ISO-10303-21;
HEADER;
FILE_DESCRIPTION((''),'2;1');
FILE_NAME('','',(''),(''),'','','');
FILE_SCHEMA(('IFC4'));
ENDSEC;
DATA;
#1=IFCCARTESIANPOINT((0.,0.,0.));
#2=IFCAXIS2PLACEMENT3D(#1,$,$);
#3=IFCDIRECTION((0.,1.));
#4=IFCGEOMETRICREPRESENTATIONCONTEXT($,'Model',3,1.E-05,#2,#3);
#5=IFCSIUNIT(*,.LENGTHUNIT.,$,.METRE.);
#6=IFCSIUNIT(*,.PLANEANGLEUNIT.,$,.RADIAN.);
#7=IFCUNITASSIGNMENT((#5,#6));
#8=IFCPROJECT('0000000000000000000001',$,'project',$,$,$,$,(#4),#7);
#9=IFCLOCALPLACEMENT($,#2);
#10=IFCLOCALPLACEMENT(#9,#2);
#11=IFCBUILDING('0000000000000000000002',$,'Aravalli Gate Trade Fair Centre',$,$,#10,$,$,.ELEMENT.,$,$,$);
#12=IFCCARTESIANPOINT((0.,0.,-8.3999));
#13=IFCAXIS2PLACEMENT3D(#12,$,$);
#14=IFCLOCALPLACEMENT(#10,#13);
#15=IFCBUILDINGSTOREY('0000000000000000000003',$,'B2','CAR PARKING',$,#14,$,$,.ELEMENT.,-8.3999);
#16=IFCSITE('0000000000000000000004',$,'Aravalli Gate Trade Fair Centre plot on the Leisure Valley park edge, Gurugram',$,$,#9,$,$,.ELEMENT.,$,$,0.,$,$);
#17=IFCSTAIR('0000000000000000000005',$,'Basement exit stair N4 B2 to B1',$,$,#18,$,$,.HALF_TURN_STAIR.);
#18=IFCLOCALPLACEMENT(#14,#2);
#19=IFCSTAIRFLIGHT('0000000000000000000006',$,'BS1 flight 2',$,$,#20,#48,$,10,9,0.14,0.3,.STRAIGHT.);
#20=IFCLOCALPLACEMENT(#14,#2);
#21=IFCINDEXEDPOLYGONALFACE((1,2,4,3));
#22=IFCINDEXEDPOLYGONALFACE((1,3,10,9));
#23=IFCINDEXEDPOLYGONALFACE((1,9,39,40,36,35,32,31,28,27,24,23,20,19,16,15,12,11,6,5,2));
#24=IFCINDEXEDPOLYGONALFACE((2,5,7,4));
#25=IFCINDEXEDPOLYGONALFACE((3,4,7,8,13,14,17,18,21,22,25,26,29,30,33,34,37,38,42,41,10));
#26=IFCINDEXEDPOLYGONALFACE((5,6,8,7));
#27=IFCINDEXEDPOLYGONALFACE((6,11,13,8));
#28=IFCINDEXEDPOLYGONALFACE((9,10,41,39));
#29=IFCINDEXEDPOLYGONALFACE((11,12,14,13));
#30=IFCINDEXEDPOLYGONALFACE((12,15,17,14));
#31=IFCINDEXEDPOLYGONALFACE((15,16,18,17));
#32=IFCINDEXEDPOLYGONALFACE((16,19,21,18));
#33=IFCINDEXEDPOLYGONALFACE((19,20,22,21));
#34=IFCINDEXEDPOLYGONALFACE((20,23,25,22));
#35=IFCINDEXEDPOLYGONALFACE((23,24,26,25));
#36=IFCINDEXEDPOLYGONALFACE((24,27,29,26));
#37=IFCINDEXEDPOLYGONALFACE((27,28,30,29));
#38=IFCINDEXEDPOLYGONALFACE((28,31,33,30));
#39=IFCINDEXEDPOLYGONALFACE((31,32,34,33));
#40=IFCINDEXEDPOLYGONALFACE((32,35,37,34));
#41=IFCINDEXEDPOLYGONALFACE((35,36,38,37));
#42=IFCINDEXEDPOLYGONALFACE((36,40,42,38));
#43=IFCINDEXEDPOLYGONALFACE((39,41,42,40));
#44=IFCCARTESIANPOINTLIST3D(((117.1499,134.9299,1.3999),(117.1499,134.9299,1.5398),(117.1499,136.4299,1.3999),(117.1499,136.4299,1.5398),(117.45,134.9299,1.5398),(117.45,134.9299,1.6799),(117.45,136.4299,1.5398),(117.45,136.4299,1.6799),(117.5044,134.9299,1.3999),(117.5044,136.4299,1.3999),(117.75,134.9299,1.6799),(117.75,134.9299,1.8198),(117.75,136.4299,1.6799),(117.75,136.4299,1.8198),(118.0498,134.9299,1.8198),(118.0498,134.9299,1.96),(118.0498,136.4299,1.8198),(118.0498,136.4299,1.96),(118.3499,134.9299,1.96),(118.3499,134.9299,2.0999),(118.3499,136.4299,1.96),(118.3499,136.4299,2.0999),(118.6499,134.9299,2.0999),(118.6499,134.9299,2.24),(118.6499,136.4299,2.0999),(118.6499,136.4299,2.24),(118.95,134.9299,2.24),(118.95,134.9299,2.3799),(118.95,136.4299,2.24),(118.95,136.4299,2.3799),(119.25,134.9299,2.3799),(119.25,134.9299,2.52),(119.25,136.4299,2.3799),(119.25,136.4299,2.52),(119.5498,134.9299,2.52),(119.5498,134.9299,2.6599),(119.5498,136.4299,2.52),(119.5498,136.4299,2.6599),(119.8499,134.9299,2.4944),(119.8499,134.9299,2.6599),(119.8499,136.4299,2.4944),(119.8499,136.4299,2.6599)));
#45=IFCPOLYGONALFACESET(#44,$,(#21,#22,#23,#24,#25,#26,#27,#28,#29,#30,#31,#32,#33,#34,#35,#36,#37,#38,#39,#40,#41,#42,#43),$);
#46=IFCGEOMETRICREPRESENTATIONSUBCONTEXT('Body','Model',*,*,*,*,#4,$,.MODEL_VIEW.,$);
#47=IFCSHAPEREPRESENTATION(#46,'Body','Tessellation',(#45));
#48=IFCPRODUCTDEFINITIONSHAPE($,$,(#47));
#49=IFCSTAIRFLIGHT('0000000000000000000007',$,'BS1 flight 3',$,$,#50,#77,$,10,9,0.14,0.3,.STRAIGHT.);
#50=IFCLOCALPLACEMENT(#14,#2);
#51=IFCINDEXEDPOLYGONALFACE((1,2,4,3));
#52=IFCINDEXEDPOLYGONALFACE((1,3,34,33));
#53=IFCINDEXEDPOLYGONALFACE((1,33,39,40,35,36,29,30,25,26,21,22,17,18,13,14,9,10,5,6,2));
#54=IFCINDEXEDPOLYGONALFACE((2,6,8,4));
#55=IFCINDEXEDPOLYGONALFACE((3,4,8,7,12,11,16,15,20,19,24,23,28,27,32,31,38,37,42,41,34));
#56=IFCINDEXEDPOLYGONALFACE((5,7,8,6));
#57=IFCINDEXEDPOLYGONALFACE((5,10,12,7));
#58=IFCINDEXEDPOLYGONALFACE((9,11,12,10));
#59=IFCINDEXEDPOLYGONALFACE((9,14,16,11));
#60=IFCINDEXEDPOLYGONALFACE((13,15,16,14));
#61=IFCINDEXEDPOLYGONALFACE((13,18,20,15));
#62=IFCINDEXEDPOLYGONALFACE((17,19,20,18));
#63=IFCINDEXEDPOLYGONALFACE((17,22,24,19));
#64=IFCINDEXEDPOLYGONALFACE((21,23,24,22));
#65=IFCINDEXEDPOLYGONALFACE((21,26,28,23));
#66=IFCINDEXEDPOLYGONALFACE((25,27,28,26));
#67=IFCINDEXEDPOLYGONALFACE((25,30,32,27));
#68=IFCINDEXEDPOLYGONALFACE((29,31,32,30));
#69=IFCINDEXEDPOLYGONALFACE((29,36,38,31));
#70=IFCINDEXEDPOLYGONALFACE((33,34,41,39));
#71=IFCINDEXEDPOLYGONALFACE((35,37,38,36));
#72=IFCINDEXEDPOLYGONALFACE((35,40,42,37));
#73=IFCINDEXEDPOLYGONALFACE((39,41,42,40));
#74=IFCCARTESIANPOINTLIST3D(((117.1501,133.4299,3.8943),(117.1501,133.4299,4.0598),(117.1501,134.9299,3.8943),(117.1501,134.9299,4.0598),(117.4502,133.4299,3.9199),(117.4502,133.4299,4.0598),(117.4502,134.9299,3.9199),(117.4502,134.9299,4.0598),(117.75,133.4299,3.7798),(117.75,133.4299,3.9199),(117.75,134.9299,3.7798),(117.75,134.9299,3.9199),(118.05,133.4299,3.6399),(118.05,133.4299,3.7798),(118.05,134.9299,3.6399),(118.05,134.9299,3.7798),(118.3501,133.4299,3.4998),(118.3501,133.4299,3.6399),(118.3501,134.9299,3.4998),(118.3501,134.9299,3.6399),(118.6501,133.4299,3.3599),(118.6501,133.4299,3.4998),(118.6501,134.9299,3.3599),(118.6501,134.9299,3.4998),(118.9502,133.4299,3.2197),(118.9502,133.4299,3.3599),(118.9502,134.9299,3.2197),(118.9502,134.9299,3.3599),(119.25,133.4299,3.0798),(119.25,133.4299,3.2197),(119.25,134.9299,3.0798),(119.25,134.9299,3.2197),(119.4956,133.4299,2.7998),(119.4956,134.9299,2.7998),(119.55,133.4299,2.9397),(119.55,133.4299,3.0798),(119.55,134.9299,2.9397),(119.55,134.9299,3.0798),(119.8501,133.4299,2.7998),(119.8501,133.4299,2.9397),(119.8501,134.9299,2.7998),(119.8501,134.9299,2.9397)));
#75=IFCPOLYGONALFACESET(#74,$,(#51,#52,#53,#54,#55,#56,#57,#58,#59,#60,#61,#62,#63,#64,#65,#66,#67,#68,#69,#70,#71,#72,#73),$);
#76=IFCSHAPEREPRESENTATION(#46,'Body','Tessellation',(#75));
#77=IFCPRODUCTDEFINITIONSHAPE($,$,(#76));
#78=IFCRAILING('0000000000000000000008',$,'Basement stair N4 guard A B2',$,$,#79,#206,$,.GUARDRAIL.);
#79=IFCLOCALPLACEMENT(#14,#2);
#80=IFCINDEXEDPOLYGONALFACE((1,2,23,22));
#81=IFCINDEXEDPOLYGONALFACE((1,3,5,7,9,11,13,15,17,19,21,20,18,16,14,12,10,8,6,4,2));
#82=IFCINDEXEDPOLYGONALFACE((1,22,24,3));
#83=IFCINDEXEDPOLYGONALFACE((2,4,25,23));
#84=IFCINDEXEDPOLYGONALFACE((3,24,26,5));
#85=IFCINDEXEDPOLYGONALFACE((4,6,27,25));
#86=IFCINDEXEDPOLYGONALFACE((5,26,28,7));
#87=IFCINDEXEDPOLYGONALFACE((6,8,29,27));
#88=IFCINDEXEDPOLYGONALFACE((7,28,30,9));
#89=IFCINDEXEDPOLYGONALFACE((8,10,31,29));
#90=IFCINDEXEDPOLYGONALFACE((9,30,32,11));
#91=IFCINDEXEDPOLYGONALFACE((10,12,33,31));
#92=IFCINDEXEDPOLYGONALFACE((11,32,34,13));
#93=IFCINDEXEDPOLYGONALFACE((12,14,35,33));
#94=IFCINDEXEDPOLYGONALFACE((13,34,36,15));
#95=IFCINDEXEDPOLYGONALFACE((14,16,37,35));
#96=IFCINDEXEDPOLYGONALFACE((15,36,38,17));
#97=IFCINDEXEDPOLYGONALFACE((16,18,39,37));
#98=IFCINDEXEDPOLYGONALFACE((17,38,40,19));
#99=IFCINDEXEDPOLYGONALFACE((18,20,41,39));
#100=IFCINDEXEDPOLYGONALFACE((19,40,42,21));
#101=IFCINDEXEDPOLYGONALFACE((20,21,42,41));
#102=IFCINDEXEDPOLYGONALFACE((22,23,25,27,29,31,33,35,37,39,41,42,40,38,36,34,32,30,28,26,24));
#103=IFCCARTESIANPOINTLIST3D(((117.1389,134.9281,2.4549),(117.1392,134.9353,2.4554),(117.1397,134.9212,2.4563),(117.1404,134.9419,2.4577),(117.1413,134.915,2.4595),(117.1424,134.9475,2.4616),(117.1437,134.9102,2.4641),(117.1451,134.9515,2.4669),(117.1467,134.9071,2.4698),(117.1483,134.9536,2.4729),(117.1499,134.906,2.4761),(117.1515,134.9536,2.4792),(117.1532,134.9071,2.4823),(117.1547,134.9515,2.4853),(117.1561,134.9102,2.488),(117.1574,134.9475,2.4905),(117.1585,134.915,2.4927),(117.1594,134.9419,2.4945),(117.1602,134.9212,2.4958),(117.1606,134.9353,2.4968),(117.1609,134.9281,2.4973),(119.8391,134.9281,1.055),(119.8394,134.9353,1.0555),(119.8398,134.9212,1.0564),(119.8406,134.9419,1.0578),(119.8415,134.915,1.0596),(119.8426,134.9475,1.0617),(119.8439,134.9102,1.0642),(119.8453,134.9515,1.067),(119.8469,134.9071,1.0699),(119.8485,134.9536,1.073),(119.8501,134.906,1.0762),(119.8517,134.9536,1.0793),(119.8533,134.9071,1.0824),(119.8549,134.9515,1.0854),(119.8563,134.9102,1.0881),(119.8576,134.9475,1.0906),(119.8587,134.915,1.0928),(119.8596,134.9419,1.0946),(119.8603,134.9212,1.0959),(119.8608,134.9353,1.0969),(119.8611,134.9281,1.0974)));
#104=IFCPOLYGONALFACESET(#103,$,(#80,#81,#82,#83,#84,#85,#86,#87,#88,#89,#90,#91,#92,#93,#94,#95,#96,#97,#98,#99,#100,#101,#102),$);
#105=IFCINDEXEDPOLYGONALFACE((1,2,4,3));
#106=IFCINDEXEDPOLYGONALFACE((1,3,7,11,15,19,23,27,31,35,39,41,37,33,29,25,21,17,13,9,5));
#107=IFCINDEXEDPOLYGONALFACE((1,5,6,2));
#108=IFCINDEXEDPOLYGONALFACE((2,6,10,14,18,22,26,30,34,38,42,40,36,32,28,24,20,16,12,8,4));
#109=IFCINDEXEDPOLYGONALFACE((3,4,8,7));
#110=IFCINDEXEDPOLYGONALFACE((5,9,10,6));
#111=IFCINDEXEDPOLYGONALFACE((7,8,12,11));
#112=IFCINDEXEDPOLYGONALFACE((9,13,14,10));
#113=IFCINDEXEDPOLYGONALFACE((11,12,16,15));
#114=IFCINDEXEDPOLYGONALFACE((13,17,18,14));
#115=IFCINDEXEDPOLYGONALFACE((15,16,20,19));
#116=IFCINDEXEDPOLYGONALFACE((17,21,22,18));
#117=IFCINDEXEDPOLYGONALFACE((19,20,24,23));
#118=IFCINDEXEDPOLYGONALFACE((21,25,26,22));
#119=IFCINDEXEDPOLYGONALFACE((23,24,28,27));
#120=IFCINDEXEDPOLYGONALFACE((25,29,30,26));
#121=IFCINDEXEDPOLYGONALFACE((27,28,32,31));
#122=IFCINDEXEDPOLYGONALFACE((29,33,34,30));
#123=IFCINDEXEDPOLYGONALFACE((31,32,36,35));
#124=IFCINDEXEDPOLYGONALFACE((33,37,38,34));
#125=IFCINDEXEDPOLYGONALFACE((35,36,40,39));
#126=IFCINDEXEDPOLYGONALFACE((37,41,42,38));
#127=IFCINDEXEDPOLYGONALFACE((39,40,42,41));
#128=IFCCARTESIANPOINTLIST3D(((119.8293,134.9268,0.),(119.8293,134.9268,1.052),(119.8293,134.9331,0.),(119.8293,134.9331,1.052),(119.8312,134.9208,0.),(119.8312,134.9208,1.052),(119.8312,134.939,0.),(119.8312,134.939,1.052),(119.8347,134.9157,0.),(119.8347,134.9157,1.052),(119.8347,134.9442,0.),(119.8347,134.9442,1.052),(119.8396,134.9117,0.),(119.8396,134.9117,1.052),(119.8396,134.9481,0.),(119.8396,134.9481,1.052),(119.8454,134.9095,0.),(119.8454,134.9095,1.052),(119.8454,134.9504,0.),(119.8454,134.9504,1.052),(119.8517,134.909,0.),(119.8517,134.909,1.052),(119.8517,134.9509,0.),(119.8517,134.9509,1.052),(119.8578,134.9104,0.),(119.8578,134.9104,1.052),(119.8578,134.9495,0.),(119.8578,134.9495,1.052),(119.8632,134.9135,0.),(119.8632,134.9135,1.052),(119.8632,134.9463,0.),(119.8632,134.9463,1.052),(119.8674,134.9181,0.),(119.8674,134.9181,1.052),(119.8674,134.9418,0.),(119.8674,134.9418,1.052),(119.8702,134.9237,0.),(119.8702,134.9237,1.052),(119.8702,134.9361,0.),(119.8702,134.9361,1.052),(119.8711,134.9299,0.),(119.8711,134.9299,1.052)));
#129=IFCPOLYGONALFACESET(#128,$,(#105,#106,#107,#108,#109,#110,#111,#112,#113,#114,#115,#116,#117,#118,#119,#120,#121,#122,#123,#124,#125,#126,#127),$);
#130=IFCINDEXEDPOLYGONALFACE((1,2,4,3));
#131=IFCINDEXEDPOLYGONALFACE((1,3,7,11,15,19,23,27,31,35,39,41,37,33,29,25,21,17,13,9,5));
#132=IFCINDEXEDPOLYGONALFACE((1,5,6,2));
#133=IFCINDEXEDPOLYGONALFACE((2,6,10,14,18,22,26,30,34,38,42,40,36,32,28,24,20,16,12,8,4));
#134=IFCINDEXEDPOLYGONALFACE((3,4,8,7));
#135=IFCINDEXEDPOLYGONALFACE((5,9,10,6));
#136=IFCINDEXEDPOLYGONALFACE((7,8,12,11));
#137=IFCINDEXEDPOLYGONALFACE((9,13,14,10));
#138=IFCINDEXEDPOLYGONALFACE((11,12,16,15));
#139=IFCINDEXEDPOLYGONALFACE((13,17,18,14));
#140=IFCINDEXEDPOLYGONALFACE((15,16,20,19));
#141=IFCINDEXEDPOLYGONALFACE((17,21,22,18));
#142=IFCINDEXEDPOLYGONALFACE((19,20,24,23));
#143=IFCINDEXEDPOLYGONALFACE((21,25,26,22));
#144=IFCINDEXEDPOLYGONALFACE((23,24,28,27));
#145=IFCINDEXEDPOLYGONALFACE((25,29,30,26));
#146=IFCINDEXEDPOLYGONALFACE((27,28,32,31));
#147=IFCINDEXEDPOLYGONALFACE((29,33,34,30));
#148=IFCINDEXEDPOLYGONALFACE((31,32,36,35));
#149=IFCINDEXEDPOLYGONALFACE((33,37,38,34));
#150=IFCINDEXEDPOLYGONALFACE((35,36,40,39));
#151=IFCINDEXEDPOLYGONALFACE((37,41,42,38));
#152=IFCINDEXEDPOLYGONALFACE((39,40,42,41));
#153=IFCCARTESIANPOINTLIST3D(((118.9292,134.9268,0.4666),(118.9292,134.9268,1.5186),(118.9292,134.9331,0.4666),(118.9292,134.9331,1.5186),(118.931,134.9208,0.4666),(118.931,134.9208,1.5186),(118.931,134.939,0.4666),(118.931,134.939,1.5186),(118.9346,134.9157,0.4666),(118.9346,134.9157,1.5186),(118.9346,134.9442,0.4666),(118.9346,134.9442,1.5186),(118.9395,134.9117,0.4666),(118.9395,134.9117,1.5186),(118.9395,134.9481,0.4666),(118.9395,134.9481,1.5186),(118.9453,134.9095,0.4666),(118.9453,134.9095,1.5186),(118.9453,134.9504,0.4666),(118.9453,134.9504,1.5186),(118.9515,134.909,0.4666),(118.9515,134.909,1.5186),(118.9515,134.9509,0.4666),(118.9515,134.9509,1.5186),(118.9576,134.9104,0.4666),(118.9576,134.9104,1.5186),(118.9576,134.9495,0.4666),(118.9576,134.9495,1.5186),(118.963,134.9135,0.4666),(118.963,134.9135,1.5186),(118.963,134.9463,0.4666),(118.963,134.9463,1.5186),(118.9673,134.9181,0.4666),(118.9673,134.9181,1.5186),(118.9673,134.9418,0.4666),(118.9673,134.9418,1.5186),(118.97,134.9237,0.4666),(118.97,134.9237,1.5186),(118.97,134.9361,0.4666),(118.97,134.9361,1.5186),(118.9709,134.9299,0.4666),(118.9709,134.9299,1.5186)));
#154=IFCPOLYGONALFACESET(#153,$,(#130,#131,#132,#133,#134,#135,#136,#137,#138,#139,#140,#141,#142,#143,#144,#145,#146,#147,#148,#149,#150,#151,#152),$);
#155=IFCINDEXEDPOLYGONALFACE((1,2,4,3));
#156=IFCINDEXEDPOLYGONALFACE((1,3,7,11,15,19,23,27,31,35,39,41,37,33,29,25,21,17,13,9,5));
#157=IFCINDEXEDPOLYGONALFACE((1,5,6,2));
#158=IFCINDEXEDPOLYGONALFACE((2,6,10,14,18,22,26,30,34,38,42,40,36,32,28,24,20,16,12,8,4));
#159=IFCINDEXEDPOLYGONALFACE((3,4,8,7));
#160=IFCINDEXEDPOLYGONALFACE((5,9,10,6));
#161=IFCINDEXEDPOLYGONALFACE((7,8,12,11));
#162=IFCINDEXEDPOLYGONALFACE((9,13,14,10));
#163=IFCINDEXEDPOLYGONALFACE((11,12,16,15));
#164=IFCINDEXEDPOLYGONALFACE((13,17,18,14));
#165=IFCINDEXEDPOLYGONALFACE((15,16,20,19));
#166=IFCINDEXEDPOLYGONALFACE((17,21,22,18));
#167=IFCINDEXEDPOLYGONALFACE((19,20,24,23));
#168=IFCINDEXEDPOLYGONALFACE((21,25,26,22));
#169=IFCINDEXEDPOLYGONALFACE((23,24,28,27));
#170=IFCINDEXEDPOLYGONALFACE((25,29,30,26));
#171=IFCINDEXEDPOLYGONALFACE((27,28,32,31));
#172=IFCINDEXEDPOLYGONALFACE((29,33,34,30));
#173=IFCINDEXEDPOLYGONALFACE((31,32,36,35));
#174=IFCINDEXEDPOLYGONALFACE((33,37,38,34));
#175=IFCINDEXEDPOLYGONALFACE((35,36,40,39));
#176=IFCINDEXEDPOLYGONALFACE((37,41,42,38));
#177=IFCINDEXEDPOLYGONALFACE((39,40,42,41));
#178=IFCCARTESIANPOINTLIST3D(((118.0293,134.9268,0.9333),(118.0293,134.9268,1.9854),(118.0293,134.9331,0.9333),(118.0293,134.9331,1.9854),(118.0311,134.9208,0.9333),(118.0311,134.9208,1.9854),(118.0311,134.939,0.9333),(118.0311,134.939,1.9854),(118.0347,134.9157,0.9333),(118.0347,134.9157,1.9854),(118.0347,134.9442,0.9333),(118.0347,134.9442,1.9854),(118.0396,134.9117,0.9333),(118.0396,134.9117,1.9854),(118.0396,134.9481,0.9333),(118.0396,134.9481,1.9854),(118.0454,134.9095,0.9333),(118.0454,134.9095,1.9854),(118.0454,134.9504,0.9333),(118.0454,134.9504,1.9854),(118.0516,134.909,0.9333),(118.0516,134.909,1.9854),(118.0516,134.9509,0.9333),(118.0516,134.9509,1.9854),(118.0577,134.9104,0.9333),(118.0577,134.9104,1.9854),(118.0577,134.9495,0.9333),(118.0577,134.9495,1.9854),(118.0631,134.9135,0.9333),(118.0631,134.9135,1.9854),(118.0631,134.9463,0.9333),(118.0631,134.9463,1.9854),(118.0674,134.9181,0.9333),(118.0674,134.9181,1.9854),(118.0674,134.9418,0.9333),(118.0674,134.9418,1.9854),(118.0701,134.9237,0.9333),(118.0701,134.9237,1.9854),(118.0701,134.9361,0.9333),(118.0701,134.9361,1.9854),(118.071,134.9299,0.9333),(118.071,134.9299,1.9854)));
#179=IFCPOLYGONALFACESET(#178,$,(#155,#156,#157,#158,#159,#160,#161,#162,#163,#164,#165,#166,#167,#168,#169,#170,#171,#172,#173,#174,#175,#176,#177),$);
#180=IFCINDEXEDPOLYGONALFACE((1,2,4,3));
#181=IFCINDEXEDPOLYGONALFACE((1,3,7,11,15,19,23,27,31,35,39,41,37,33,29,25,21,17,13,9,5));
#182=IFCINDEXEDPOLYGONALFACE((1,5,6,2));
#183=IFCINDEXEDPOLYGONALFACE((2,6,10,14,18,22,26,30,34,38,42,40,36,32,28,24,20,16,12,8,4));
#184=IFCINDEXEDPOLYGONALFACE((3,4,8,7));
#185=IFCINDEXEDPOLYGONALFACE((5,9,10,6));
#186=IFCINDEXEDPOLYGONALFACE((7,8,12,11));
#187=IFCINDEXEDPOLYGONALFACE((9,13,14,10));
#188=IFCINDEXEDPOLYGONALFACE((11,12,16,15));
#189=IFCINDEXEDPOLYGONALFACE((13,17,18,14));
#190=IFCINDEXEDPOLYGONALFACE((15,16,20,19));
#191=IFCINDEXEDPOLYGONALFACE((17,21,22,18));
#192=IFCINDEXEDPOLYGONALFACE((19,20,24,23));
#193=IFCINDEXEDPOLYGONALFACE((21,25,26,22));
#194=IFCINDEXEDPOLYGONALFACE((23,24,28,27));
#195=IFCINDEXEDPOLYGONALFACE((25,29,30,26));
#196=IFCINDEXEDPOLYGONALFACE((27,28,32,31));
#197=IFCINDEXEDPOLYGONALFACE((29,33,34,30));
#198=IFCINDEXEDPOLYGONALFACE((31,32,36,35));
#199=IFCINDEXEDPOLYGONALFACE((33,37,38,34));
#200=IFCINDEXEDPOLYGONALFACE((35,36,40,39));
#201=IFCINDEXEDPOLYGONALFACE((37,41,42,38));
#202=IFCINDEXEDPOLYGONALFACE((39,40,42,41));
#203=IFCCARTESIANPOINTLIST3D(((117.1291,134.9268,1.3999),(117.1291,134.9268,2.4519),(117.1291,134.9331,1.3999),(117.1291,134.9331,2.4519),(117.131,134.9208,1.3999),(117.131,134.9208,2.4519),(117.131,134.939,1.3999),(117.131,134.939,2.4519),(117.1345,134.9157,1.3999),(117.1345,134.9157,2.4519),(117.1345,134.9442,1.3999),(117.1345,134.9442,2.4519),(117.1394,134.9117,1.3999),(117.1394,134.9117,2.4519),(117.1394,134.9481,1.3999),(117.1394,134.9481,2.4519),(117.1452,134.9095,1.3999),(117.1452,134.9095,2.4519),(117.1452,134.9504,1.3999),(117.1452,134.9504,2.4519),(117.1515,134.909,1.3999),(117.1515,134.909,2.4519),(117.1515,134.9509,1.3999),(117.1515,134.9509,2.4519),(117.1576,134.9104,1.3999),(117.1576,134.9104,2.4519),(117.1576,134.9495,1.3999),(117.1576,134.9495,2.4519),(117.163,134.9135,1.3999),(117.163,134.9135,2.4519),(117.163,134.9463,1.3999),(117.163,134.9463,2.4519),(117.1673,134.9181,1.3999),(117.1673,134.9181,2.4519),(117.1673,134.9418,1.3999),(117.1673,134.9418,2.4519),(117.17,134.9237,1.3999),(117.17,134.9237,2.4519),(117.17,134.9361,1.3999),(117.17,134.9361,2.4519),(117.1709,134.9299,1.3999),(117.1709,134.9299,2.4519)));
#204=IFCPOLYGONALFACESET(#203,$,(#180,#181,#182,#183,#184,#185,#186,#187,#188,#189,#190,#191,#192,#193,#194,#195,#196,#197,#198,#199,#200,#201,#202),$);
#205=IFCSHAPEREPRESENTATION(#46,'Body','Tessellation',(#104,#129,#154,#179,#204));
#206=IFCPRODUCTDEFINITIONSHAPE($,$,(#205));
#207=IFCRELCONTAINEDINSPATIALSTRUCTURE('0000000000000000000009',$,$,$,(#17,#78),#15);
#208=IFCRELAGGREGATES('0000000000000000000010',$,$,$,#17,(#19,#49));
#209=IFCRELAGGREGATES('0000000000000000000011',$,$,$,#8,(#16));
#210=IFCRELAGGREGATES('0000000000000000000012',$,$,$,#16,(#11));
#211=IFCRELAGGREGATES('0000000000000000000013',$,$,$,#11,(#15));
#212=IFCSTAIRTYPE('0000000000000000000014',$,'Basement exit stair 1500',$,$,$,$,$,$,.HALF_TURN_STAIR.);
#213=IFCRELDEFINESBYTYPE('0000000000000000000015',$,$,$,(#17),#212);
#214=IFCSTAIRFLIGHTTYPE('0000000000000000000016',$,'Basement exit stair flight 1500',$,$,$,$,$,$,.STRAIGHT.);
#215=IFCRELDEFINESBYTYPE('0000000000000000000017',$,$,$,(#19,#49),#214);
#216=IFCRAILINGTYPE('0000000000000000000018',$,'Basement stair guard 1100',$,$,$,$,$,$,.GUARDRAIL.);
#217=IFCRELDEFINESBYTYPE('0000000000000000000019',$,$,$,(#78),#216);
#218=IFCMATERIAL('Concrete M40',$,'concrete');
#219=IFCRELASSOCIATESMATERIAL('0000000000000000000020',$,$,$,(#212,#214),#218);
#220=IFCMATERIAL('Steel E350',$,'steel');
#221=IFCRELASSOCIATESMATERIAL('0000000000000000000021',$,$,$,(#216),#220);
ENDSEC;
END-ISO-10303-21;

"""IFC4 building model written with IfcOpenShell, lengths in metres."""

from ifc_helpers import new_model, si_unit, direction, frame, origin, origin_2d, place, context, subcontext, project, spatial, polyline, circle, outline, extrude, material, type_object, element, aggregate, save


model = new_model("IFC4")

# Units and contexts
model_context = context("Model", 3, precision=1e-05, world=origin(), true_north=direction((0.0, 1.0)))
body_context = subcontext(model_context, "Body", "Model", "MODEL_VIEW")
ifc_project = project(units=[si_unit("LENGTHUNIT", "METRE"), si_unit("PLANEANGLEUNIT", "RADIAN")], contexts=[model_context])

# Site, building, storey
site_placement = place(None, origin())
site = spatial("IfcSite", under=ifc_project, at=site_placement, Name="Aravalli Gate Trade Fair Centre plot on the Leisure Valley park edge, Gurugram", CompositionType="ELEMENT", RefElevation=0.0)
building_placement = place(site_placement, origin())
building = spatial("IfcBuilding", under=site, at=building_placement, Name="Aravalli Gate Trade Fair Centre", CompositionType="ELEMENT")
storey_placement = place(building_placement, frame((0.0, 0.0, -8.3999)))
storey = spatial("IfcBuildingStorey", under=building, at=storey_placement, Name="B2", Description="CAR PARKING", CompositionType="ELEMENT", Elevation=-8.3999)

# Shared definitions
ifc_material_1 = material(Name="Concrete M40", Category="concrete")

# Stair, stair flights
stair_type = type_object("IfcStairType", Name="Basement exit stair 1500", PredefinedType="HALF_TURN_STAIR", material=ifc_material_1)
stair_placement = place(storey_placement, origin())
stair = element("IfcStair", 1, at=stair_placement, inside=storey, type_object=stair_type, Name="Basement exit stair N4 B2 to B1", PredefinedType="HALF_TURN_STAIR")
stair_flight_type = type_object("IfcStairFlightType", Name="Basement exit stair flight 1500", PredefinedType="STRAIGHT", material=ifc_material_1)
stair_flight_1_placement = place(storey_placement, frame((117.1499, 135.6799, 1.3999), z_axis=(0.0, 0.0, 1.0), x_axis=(1.0, 0.0, 0.0)))
stair_flight_1 = element("IfcStairFlight", 2, at=stair_flight_1_placement, type_object=stair_flight_type, Name="BS1 flight 2", NumberOfRisers=10, NumberOfTreads=9, PredefinedType="STRAIGHT", RiserHeight=0.14, TreadLength=0.3, context=body_context, shape_type="SweptSolid", body=[
    extrude(outline(polyline([(0.0, 0.0), (0.0, 0.1399), (0.3, 0.1399), (0.3, 0.28), (0.6001, 0.28), (0.6001, 0.4199), (0.8999, 0.4199), (0.8999, 0.5601), (1.2, 0.5601), (1.2, 0.7), (1.5, 0.7), (1.5, 0.8401), (1.8, 0.8401), (1.8, 0.98), (2.1001, 0.98), (2.1001, 1.1201), (2.3999, 1.1201), (2.3999, 1.26), (2.7, 1.26), (2.7, 1.3999), (2.7, 1.0945), (0.3545, 0.0), (0.0, 0.0)])), frame((0.0, 0.75, 0.0), z_axis=(0.0, -1.0, 0.0), x_axis=(1.0, 0.0, 0.0)), (0.0, 0.0, 1.0), 1.5),
])
stair_flight_2_placement = place(storey_placement, frame((119.8501, 134.1799, 2.7998), z_axis=(0.0, 0.0, 1.0), x_axis=(-1.0, 0.0, 0.0)))
stair_flight_2 = element("IfcStairFlight", 3, at=stair_flight_2_placement, type_object=stair_flight_type, Name="BS1 flight 3", NumberOfRisers=10, NumberOfTreads=9, PredefinedType="STRAIGHT", RiserHeight=0.14, TreadLength=0.3, context=body_context, shape_type="SweptSolid", body=[
    extrude(outline(polyline([(0.0, 0.0), (0.0, 0.1399), (0.3, 0.1399), (0.3, 0.28), (0.6001, 0.28), (0.6001, 0.4199), (0.8999, 0.4199), (0.8999, 0.5601), (1.2, 0.5601), (1.2, 0.7), (1.5, 0.7), (1.5, 0.8401), (1.8, 0.8401), (1.8, 0.98), (2.1001, 0.98), (2.1001, 1.1201), (2.3999, 1.1201), (2.3999, 1.26), (2.7, 1.26), (2.7, 1.3999), (2.7, 1.0945), (0.3545, 0.0), (0.0, 0.0)])), frame((0.0, 0.75, 0.0), z_axis=(0.0, -1.0, 0.0), x_axis=(1.0, 0.0, 0.0)), (0.0, 0.0, 1.0), 1.5),
])
aggregate(stair, [stair_flight_1, stair_flight_2])

# Railing
ifc_material_2 = material(Name="Steel E350", Category="steel")
railing_type_1 = type_object("IfcRailingType", Name="Basement stair guard 1100", PredefinedType="GUARDRAIL", material=ifc_material_2)
railing_1_placement = place(storey_placement, frame((119.8501, 134.9299, 0.0)))
element("IfcRailing", 4, at=railing_1_placement, inside=storey, type_object=railing_type_1, Name="Basement stair N4 guard A B2", PredefinedType="GUARDRAIL", context=body_context, shape_type="SweptSolid", body=[
    extrude(circle(Radius=0.0239, at=origin_2d()), frame((0.0, 0.0, 1.0762), z_axis=(-0.887781, 0.0, 0.460266), x_axis=(0.0, -1.0, 0.0)), (0.0, 0.0, 1.0), 3.0415),
    extrude(circle(Radius=0.021, at=origin_2d()), origin(), (0.0, 0.0, 1.0), 1.052),
    extrude(circle(Radius=0.021, at=origin_2d()), frame((-0.9001, 0.0, 0.4666)), (0.0, 0.0, 1.0), 1.052),
    extrude(circle(Radius=0.021, at=origin_2d()), frame((-1.8, 0.0, 0.9333)), (0.0, 0.0, 1.0), 1.052),
    extrude(circle(Radius=0.021, at=origin_2d()), frame((-2.7002, 0.0, 1.3999)), (0.0, 0.0, 1.0), 1.052),
])

save(model, "model.ifc")
